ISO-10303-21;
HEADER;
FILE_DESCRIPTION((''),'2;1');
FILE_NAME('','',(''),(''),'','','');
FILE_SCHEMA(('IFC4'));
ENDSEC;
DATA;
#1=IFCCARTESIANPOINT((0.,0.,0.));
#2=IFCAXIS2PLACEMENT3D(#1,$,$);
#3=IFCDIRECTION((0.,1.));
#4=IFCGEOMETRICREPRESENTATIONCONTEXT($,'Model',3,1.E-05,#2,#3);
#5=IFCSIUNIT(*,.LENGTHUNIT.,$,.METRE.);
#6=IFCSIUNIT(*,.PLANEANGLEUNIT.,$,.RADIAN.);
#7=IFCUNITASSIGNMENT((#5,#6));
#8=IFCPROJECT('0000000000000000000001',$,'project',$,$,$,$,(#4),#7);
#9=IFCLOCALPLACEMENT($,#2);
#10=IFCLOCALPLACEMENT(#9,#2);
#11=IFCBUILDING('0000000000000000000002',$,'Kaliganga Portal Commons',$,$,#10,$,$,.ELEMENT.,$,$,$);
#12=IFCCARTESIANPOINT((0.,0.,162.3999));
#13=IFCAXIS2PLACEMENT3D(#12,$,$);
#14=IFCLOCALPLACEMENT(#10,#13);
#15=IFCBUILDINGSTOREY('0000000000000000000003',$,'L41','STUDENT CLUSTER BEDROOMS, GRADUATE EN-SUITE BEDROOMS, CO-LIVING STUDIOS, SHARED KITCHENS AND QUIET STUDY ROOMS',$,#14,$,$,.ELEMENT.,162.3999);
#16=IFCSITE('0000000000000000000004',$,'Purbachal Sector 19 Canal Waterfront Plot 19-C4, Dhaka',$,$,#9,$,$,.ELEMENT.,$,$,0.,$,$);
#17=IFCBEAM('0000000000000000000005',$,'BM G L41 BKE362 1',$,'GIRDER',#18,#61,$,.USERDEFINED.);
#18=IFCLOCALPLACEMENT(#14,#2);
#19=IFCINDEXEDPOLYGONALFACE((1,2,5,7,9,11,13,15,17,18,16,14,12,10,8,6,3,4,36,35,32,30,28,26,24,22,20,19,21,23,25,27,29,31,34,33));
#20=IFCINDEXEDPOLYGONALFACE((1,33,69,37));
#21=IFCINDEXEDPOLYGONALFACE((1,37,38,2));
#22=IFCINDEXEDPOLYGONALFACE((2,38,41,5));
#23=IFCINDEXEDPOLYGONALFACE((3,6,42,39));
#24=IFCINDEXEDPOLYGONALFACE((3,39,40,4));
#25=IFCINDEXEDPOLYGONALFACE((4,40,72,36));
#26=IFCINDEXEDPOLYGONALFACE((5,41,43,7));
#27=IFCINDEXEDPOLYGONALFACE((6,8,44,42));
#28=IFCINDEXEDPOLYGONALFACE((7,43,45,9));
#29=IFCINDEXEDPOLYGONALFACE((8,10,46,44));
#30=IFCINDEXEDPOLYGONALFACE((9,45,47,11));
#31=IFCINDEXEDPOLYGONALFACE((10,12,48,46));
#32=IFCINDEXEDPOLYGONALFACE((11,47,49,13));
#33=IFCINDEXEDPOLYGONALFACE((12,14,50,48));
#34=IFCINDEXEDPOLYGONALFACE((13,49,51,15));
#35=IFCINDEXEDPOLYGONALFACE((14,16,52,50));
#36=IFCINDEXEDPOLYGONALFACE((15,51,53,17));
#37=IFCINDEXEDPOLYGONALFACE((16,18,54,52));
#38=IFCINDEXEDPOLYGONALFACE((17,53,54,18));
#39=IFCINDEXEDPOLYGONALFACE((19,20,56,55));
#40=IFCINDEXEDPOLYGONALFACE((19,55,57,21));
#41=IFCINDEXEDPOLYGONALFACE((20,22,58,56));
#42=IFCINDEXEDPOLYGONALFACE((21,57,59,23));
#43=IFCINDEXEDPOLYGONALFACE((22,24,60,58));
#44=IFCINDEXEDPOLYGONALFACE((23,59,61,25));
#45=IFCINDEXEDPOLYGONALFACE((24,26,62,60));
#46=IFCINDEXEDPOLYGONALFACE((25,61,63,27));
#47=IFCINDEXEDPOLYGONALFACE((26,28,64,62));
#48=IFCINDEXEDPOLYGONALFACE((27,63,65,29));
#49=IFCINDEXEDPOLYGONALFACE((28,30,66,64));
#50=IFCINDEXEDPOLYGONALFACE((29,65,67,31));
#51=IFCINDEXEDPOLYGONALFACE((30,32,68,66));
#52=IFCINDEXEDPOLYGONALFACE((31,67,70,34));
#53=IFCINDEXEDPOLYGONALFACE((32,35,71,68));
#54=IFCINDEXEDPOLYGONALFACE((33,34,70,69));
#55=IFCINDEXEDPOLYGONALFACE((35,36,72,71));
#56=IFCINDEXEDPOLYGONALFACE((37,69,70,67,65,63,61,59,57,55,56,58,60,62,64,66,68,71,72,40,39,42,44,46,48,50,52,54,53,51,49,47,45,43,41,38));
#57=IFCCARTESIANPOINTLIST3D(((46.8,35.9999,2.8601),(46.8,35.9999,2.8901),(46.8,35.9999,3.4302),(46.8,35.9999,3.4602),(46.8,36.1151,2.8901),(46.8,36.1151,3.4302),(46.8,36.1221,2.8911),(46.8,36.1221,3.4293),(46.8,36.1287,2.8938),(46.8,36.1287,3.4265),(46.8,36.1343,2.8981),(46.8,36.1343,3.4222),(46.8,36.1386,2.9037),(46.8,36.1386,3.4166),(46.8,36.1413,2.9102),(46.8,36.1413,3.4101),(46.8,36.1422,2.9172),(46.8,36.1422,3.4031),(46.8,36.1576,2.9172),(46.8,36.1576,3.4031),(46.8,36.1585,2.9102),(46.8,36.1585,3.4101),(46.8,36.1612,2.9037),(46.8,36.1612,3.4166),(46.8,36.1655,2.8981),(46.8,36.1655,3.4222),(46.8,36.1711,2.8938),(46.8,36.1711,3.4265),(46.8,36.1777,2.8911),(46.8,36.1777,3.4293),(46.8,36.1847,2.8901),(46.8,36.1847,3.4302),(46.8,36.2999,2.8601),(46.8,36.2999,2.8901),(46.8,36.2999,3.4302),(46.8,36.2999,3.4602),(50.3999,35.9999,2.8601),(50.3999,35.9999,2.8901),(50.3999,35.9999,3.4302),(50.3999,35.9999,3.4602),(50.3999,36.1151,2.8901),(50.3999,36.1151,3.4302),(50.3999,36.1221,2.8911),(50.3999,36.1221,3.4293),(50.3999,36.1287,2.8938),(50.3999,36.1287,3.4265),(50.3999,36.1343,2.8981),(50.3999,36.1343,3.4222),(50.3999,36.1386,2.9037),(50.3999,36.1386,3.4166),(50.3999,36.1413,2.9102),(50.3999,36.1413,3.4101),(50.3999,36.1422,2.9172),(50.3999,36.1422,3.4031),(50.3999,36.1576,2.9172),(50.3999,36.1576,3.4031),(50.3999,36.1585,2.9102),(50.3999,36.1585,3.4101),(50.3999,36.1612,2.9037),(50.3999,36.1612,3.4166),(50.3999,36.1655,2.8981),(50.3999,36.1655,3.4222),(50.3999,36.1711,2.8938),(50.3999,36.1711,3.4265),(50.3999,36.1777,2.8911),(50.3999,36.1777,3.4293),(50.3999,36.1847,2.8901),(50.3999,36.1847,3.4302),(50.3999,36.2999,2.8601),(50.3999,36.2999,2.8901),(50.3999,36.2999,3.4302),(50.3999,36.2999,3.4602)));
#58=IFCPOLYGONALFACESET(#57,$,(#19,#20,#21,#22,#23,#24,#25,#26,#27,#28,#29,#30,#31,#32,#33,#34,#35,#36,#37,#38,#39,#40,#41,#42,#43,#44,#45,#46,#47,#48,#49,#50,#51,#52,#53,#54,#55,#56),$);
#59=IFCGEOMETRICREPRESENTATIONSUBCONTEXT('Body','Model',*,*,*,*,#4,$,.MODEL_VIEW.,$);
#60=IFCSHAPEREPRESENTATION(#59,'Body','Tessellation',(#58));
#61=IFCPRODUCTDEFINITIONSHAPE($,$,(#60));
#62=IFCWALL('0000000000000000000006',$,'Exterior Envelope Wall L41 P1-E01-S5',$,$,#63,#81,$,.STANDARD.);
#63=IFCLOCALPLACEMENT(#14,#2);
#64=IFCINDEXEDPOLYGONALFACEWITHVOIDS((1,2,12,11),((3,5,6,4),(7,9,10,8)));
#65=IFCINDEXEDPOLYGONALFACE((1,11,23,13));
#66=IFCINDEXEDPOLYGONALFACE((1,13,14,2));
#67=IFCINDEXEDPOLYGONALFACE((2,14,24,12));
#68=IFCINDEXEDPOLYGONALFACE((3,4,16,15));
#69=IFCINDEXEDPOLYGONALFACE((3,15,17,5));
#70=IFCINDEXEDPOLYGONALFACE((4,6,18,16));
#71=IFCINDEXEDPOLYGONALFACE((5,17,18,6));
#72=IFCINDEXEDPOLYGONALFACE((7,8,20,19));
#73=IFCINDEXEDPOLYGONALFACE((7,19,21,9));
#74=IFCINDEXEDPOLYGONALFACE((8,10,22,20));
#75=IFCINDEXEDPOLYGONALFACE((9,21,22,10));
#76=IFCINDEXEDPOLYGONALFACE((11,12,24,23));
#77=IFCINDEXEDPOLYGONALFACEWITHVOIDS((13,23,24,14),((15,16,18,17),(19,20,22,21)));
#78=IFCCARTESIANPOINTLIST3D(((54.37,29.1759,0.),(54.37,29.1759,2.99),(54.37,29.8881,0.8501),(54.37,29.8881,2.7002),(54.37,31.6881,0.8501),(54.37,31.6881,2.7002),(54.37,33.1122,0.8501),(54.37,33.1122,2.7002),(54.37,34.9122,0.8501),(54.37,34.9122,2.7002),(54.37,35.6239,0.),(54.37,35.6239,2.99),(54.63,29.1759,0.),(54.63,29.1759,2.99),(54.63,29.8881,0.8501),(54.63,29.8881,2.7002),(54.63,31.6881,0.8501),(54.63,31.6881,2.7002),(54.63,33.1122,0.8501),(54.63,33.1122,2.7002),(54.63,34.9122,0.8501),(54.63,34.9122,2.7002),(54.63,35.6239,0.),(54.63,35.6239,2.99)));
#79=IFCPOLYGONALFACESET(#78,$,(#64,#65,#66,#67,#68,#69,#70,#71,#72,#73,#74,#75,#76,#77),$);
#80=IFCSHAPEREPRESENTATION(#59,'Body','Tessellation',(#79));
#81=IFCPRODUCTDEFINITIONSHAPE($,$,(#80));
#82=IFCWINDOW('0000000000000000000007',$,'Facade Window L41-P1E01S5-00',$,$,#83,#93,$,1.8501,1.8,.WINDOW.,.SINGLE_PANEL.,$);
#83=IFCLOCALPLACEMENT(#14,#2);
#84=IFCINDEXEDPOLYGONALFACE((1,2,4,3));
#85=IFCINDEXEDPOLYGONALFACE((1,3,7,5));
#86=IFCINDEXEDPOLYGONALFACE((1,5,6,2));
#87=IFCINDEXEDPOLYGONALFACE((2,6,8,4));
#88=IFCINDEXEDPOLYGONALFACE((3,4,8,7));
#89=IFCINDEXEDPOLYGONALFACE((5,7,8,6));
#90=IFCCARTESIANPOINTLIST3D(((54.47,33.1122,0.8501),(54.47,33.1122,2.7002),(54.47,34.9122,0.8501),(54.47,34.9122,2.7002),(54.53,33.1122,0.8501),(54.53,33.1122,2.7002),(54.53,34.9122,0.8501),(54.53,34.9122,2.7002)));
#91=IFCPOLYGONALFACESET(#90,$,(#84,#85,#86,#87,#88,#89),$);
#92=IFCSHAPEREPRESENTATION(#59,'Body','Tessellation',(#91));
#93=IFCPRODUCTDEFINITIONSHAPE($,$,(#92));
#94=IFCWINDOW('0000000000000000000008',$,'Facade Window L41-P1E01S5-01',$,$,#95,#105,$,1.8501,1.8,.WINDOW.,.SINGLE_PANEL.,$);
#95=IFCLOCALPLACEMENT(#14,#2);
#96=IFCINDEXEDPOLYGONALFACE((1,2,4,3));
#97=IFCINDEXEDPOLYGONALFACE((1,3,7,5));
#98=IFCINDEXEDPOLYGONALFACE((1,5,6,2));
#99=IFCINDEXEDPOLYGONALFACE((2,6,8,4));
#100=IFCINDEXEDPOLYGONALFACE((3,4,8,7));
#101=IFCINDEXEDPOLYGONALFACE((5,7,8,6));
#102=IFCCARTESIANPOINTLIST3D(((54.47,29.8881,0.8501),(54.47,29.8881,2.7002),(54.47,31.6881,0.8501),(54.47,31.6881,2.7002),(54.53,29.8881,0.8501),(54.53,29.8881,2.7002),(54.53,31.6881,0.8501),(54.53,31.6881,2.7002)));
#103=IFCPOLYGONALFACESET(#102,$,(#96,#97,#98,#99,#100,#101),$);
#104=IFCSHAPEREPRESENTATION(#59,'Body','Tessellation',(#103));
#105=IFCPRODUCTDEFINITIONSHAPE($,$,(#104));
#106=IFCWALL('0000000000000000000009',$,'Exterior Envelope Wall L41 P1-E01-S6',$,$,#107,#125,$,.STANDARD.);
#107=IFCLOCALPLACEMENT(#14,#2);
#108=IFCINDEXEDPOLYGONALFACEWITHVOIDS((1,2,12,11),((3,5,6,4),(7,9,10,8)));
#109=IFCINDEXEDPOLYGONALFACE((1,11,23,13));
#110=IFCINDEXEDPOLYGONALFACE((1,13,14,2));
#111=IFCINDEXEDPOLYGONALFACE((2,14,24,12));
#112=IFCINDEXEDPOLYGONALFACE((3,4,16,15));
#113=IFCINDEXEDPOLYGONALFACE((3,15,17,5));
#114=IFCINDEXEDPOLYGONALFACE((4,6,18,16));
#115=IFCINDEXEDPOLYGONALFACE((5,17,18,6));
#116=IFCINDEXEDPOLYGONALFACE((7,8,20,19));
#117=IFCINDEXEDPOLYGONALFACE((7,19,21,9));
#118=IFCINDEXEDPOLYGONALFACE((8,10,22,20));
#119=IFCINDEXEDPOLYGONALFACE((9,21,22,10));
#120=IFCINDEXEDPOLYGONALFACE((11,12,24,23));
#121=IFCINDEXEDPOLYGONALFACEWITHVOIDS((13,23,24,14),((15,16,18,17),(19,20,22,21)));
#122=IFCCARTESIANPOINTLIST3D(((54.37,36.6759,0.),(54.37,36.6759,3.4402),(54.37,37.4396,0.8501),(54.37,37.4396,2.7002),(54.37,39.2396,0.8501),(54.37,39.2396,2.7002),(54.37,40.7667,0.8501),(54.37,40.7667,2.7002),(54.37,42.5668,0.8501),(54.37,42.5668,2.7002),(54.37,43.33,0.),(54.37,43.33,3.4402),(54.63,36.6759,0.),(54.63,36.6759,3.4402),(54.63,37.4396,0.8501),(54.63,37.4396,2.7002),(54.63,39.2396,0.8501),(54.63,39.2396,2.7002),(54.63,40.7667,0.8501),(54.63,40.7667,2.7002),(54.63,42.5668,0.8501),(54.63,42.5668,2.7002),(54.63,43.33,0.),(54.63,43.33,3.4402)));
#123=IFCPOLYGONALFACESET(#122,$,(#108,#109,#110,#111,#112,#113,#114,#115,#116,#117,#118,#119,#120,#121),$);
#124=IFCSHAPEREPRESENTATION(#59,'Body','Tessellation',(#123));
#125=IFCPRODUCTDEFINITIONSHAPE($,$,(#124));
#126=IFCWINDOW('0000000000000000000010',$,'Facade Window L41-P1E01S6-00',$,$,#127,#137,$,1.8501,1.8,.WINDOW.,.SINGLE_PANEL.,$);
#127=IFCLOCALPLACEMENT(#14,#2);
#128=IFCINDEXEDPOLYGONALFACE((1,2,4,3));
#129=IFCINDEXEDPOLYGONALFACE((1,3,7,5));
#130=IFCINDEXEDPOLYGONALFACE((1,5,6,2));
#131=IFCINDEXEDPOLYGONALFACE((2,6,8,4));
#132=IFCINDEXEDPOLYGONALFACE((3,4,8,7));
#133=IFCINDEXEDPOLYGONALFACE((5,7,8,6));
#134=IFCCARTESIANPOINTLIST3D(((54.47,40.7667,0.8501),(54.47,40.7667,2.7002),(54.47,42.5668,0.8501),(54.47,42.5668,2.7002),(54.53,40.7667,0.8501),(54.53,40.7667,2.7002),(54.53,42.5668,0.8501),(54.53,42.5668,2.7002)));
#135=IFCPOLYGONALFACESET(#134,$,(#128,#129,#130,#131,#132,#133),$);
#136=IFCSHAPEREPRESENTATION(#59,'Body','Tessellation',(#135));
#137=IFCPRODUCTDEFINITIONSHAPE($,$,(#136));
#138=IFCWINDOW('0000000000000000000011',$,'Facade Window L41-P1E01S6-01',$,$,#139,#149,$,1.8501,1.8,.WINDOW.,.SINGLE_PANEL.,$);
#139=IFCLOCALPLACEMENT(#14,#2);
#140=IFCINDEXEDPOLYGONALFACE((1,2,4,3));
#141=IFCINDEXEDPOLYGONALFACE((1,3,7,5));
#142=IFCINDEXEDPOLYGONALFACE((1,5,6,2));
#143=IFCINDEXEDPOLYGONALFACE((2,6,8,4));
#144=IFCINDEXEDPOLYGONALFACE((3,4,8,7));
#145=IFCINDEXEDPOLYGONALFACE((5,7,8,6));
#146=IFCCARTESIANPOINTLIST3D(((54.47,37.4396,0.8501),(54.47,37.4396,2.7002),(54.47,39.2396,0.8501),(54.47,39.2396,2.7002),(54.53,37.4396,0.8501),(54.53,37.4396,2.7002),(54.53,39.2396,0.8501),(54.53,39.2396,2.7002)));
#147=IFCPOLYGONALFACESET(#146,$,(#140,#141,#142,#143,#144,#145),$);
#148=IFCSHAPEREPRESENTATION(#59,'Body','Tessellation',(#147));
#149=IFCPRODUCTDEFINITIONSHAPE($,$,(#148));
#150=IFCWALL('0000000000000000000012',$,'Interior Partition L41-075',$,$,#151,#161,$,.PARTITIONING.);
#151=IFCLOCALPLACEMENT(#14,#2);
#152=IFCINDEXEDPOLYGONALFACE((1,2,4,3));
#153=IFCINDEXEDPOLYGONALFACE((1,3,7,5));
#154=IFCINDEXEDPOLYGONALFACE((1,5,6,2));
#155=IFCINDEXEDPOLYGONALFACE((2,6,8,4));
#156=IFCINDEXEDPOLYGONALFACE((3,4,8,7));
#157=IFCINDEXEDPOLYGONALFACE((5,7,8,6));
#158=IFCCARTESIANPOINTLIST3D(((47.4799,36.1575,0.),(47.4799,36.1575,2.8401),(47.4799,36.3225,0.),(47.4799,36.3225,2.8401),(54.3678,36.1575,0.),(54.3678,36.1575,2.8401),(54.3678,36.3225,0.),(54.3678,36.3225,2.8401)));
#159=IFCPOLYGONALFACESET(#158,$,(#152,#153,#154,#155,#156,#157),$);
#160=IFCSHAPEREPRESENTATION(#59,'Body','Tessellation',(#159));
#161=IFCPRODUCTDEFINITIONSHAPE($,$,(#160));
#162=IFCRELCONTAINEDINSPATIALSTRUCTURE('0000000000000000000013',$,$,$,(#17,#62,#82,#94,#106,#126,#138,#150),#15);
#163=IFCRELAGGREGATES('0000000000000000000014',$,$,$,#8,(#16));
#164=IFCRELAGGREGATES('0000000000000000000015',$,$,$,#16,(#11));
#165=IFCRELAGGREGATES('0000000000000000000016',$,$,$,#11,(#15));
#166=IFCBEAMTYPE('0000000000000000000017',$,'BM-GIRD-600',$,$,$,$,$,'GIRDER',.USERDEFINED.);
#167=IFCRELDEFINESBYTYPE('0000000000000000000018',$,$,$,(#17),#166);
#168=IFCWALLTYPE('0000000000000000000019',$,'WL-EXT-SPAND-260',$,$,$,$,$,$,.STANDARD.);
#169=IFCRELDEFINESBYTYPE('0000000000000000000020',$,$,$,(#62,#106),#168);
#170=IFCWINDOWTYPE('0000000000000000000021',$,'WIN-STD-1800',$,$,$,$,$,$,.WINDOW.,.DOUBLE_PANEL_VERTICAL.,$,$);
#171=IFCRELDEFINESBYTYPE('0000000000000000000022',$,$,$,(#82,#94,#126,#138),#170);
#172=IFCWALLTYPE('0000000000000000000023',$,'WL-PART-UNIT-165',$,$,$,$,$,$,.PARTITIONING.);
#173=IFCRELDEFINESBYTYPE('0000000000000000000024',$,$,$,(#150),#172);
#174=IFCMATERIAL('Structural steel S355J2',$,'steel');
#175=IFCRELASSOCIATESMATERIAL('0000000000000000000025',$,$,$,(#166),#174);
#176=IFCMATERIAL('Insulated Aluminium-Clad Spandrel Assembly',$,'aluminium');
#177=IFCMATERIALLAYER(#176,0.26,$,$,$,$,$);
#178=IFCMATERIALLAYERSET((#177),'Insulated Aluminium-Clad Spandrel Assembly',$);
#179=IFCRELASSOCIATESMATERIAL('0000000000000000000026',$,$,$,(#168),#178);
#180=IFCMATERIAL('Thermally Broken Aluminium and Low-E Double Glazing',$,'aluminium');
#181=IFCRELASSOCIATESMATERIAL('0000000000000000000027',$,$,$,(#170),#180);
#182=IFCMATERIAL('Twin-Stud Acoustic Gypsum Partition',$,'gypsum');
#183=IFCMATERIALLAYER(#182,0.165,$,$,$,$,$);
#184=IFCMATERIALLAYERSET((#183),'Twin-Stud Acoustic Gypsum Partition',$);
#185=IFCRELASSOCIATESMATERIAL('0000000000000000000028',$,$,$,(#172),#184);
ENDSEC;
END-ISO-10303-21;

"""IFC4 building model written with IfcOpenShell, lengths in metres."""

from ifc_helpers import new_model, si_unit, direction, frame, frame_2d, origin, origin_2d, place, context, subcontext, project, spatial, rectangle, i_section, extrude, source, transform, mapped, material, layer, layer_set, material_profile, profile_set, type_object, element, fill, save


model = new_model("IFC4")

# Units and contexts
model_context = context("Model", 3, precision=1e-05, world=origin(), true_north=direction((0.0, 1.0)))
body_context = subcontext(model_context, "Body", "Model", "MODEL_VIEW")
ifc_project = project(units=[si_unit("LENGTHUNIT", "METRE"), si_unit("PLANEANGLEUNIT", "RADIAN")], contexts=[model_context])

# Site, building, storey
site_placement = place(None, origin())
site = spatial("IfcSite", under=ifc_project, at=site_placement, Name="Purbachal Sector 19 Canal Waterfront Plot 19-C4, Dhaka", CompositionType="ELEMENT", RefElevation=0.0)
building_placement = place(site_placement, origin())
building = spatial("IfcBuilding", under=site, at=building_placement, Name="Kaliganga Portal Commons", CompositionType="ELEMENT")
storey_placement = place(building_placement, frame((0.0, 0.0, 162.3999)))
storey = spatial("IfcBuildingStorey", under=building, at=storey_placement, Name="L41", Description="STUDENT CLUSTER BEDROOMS, GRADUATE EN-SUITE BEDROOMS, CO-LIVING STUDIOS, SHARED KITCHENS AND QUIET STUDY ROOMS", CompositionType="ELEMENT", Elevation=162.3999)

# Beam
ifc_material_1 = material(Name="Structural steel S355J2", Category="steel")
ifc_material_profile_1 = material_profile(ifc_material_1, i_section(OverallWidth=0.3, OverallDepth=0.6001, WebThickness=0.0154, FlangeThickness=0.03, FilletRadius=0.0271, at=origin_2d()), Name="HE 600 B")
ifc_profile_set_1 = profile_set([ifc_material_profile_1], Name="Structural steel S355J2 wide-flange")
beam_type_1 = type_object("IfcBeamType", Name="BM-GIRD-600", ElementType="GIRDER", PredefinedType="USERDEFINED", material=ifc_profile_set_1)
shared_shape_1 = source(origin(), body_context, "Body", "SweptSolid", [
    extrude(i_section(OverallWidth=0.3, OverallDepth=0.6001, WebThickness=0.0154, FlangeThickness=0.03, FilletRadius=0.0271, at=origin_2d()), origin(), (0.0, 0.0, 1.0), 3.5999),
])
for number, where, z_axis, x_axis, name in (
    (1, (46.8, 36.1499, 3.1602), (1.0, 0.0, 0.0), (0.0, 1.0, 0.0), "BM G L41 BKE362 1"),
):
    element("IfcBeam", number, at=place(storey_placement, frame(where, z_axis=z_axis, x_axis=x_axis)), inside=storey, type_object=beam_type_1, Name=name, ObjectType="GIRDER", PredefinedType="USERDEFINED", context=body_context, shape_type="MappedRepresentation", body=[
        mapped(shared_shape_1, transform((0.0, 0.0, 0.0), x_axis=(1.0, 0.0, 0.0), y_axis=(0.0, 1.0, 0.0), z_axis=(0.0, 0.0, 1.0), scale=1.0)),
    ])

# Walls, openings, windows
ifc_material_2 = material(Name="Insulated Aluminium-Clad Spandrel Assembly", Category="aluminium")
ifc_layer_1 = layer(ifc_material_2, 0.26)
ifc_layer_set_1 = layer_set([ifc_layer_1], Name="Insulated Aluminium-Clad Spandrel Assembly")
wall_type_1 = type_object("IfcWallType", Name="WL-EXT-SPAND-260", PredefinedType="STANDARD", material=ifc_layer_set_1)
wall_1_placement = place(storey_placement, frame((54.5, 35.624, 0.0), z_axis=(0.0, 0.0, 1.0), x_axis=(0.0, -1.0, 0.0)))
wall_1 = element("IfcWall", 2, at=wall_1_placement, inside=storey, type_object=wall_type_1, Name="Exterior Envelope Wall L41 P1-E01-S5", PredefinedType="STANDARD", context=body_context, shape_type="SweptSolid", body=[
    extrude(rectangle(XDim=6.448, YDim=0.26, at=frame_2d((3.2241, 0.0))), origin(), (0.0, 0.0, 1.0), 2.99),
])
opening_1_placement = place(wall_1_placement, frame((0.7119, 0.0, 0.8501)))
opening_1 = element("IfcOpeningElement", 3, at=opening_1_placement, cuts=wall_1, PredefinedType="OPENING", context=body_context, shape_type="SweptSolid", body=[
    extrude(rectangle(XDim=1.8, YDim=1.8501, at=frame_2d((0.8999, 0.925))), frame((0.0, 0.1401, 0.0), z_axis=(0.0, -1.0, 0.0), x_axis=(1.0, 0.0, 0.0)), (0.0, 0.0, 1.0), 0.28),
])
opening_2_placement = place(wall_1_placement, frame((3.936, 0.0, 0.8501)))
opening_2 = element("IfcOpeningElement", 4, at=opening_2_placement, cuts=wall_1, PredefinedType="OPENING", context=body_context, shape_type="SweptSolid", body=[
    extrude(rectangle(XDim=1.8, YDim=1.8501, at=frame_2d((0.8999, 0.925))), frame((0.0, 0.1401, 0.0), z_axis=(0.0, -1.0, 0.0), x_axis=(1.0, 0.0, 0.0)), (0.0, 0.0, 1.0), 0.28),
])
ifc_material_3 = material(Name="Thermally Broken Aluminium and Low-E Double Glazing", Category="aluminium")
window_type = type_object("IfcWindowType", Name="WIN-STD-1800", PartitioningType="DOUBLE_PANEL_VERTICAL", PredefinedType="WINDOW", material=ifc_material_3)
window_1_placement = place(opening_1_placement, origin())
window_1 = element("IfcWindow", 5, at=window_1_placement, inside=storey, type_object=window_type, Name="Facade Window L41-P1E01S5-00", OverallHeight=1.8501, OverallWidth=1.8, PartitioningType="SINGLE_PANEL", PredefinedType="WINDOW", context=body_context, shape_type="SweptSolid", body=[
    extrude(rectangle(XDim=1.8, YDim=1.8501, at=frame_2d((0.8999, 0.925))), frame((0.0, 0.03, 0.0), z_axis=(0.0, -1.0, 0.0), x_axis=(1.0, 0.0, 0.0)), (0.0, 0.0, 1.0), 0.0601),
])
fill(opening_1, window_1)
window_2_placement = place(opening_2_placement, origin())
window_2 = element("IfcWindow", 6, at=window_2_placement, inside=storey, type_object=window_type, Name="Facade Window L41-P1E01S5-01", OverallHeight=1.8501, OverallWidth=1.8, PartitioningType="SINGLE_PANEL", PredefinedType="WINDOW", context=body_context, shape_type="SweptSolid", body=[
    extrude(rectangle(XDim=1.8, YDim=1.8501, at=frame_2d((0.8999, 0.925))), frame((0.0, 0.03, 0.0), z_axis=(0.0, -1.0, 0.0), x_axis=(1.0, 0.0, 0.0)), (0.0, 0.0, 1.0), 0.0601),
])
fill(opening_2, window_2)
wall_2_placement = place(storey_placement, frame((54.5, 43.3301, 0.0), z_axis=(0.0, 0.0, 1.0), x_axis=(0.0, -1.0, 0.0)))
wall_2 = element("IfcWall", 7, at=wall_2_placement, inside=storey, type_object=wall_type_1, Name="Exterior Envelope Wall L41 P1-E01-S6", PredefinedType="STANDARD", context=body_context, shape_type="SweptSolid", body=[
    extrude(rectangle(XDim=6.6541, YDim=0.26, at=frame_2d((3.3271, 0.0))), origin(), (0.0, 0.0, 1.0), 3.4402),
])
opening_3_placement = place(wall_2_placement, frame((0.7634, 0.0, 0.8501)))
opening_3 = element("IfcOpeningElement", 8, at=opening_3_placement, cuts=wall_2, PredefinedType="OPENING", context=body_context, shape_type="SweptSolid", body=[
    extrude(rectangle(XDim=1.8, YDim=1.8501, at=frame_2d((0.8999, 0.925))), frame((0.0, 0.1401, 0.0), z_axis=(0.0, -1.0, 0.0), x_axis=(1.0, 0.0, 0.0)), (0.0, 0.0, 1.0), 0.28),
])
opening_4_placement = place(wall_2_placement, frame((4.0906, 0.0, 0.8501)))
opening_4 = element("IfcOpeningElement", 9, at=opening_4_placement, cuts=wall_2, PredefinedType="OPENING", context=body_context, shape_type="SweptSolid", body=[
    extrude(rectangle(XDim=1.8, YDim=1.8501, at=frame_2d((0.8999, 0.925))), frame((0.0, 0.1401, 0.0), z_axis=(0.0, -1.0, 0.0), x_axis=(1.0, 0.0, 0.0)), (0.0, 0.0, 1.0), 0.28),
])
window_3_placement = place(opening_3_placement, origin())
window_3 = element("IfcWindow", 10, at=window_3_placement, inside=storey, type_object=window_type, Name="Facade Window L41-P1E01S6-00", OverallHeight=1.8501, OverallWidth=1.8, PartitioningType="SINGLE_PANEL", PredefinedType="WINDOW", context=body_context, shape_type="SweptSolid", body=[
    extrude(rectangle(XDim=1.8, YDim=1.8501, at=frame_2d((0.8999, 0.925))), frame((0.0, 0.03, 0.0), z_axis=(0.0, -1.0, 0.0), x_axis=(1.0, 0.0, 0.0)), (0.0, 0.0, 1.0), 0.0601),
])
fill(opening_3, window_3)
window_4_placement = place(opening_4_placement, origin())
window_4 = element("IfcWindow", 11, at=window_4_placement, inside=storey, type_object=window_type, Name="Facade Window L41-P1E01S6-01", OverallHeight=1.8501, OverallWidth=1.8, PartitioningType="SINGLE_PANEL", PredefinedType="WINDOW", context=body_context, shape_type="SweptSolid", body=[
    extrude(rectangle(XDim=1.8, YDim=1.8501, at=frame_2d((0.8999, 0.925))), frame((0.0, 0.03, 0.0), z_axis=(0.0, -1.0, 0.0), x_axis=(1.0, 0.0, 0.0)), (0.0, 0.0, 1.0), 0.0601),
])
fill(opening_4, window_4)

# Wall
ifc_material_4 = material(Name="Twin-Stud Acoustic Gypsum Partition", Category="gypsum")
ifc_layer_2 = layer(ifc_material_4, 0.165)
ifc_layer_set_2 = layer_set([ifc_layer_2], Name="Twin-Stud Acoustic Gypsum Partition")
wall_type_2 = type_object("IfcWallType", Name="WL-PART-UNIT-165", PredefinedType="PARTITIONING", material=ifc_layer_set_2)
wall_3_placement = place(storey_placement, frame((47.48, 36.24, 0.0), z_axis=(0.0, 0.0, 1.0), x_axis=(1.0, 0.0, 0.0)))
element("IfcWall", 12, at=wall_3_placement, inside=storey, type_object=wall_type_2, Name="Interior Partition L41-075", PredefinedType="PARTITIONING", context=body_context, shape_type="SweptSolid", body=[
    extrude(rectangle(XDim=6.8879, YDim=0.165, at=frame_2d((3.4438, 0.0))), origin(), (0.0, 0.0, 1.0), 2.8401),
])

save(model, "model.ifc")
